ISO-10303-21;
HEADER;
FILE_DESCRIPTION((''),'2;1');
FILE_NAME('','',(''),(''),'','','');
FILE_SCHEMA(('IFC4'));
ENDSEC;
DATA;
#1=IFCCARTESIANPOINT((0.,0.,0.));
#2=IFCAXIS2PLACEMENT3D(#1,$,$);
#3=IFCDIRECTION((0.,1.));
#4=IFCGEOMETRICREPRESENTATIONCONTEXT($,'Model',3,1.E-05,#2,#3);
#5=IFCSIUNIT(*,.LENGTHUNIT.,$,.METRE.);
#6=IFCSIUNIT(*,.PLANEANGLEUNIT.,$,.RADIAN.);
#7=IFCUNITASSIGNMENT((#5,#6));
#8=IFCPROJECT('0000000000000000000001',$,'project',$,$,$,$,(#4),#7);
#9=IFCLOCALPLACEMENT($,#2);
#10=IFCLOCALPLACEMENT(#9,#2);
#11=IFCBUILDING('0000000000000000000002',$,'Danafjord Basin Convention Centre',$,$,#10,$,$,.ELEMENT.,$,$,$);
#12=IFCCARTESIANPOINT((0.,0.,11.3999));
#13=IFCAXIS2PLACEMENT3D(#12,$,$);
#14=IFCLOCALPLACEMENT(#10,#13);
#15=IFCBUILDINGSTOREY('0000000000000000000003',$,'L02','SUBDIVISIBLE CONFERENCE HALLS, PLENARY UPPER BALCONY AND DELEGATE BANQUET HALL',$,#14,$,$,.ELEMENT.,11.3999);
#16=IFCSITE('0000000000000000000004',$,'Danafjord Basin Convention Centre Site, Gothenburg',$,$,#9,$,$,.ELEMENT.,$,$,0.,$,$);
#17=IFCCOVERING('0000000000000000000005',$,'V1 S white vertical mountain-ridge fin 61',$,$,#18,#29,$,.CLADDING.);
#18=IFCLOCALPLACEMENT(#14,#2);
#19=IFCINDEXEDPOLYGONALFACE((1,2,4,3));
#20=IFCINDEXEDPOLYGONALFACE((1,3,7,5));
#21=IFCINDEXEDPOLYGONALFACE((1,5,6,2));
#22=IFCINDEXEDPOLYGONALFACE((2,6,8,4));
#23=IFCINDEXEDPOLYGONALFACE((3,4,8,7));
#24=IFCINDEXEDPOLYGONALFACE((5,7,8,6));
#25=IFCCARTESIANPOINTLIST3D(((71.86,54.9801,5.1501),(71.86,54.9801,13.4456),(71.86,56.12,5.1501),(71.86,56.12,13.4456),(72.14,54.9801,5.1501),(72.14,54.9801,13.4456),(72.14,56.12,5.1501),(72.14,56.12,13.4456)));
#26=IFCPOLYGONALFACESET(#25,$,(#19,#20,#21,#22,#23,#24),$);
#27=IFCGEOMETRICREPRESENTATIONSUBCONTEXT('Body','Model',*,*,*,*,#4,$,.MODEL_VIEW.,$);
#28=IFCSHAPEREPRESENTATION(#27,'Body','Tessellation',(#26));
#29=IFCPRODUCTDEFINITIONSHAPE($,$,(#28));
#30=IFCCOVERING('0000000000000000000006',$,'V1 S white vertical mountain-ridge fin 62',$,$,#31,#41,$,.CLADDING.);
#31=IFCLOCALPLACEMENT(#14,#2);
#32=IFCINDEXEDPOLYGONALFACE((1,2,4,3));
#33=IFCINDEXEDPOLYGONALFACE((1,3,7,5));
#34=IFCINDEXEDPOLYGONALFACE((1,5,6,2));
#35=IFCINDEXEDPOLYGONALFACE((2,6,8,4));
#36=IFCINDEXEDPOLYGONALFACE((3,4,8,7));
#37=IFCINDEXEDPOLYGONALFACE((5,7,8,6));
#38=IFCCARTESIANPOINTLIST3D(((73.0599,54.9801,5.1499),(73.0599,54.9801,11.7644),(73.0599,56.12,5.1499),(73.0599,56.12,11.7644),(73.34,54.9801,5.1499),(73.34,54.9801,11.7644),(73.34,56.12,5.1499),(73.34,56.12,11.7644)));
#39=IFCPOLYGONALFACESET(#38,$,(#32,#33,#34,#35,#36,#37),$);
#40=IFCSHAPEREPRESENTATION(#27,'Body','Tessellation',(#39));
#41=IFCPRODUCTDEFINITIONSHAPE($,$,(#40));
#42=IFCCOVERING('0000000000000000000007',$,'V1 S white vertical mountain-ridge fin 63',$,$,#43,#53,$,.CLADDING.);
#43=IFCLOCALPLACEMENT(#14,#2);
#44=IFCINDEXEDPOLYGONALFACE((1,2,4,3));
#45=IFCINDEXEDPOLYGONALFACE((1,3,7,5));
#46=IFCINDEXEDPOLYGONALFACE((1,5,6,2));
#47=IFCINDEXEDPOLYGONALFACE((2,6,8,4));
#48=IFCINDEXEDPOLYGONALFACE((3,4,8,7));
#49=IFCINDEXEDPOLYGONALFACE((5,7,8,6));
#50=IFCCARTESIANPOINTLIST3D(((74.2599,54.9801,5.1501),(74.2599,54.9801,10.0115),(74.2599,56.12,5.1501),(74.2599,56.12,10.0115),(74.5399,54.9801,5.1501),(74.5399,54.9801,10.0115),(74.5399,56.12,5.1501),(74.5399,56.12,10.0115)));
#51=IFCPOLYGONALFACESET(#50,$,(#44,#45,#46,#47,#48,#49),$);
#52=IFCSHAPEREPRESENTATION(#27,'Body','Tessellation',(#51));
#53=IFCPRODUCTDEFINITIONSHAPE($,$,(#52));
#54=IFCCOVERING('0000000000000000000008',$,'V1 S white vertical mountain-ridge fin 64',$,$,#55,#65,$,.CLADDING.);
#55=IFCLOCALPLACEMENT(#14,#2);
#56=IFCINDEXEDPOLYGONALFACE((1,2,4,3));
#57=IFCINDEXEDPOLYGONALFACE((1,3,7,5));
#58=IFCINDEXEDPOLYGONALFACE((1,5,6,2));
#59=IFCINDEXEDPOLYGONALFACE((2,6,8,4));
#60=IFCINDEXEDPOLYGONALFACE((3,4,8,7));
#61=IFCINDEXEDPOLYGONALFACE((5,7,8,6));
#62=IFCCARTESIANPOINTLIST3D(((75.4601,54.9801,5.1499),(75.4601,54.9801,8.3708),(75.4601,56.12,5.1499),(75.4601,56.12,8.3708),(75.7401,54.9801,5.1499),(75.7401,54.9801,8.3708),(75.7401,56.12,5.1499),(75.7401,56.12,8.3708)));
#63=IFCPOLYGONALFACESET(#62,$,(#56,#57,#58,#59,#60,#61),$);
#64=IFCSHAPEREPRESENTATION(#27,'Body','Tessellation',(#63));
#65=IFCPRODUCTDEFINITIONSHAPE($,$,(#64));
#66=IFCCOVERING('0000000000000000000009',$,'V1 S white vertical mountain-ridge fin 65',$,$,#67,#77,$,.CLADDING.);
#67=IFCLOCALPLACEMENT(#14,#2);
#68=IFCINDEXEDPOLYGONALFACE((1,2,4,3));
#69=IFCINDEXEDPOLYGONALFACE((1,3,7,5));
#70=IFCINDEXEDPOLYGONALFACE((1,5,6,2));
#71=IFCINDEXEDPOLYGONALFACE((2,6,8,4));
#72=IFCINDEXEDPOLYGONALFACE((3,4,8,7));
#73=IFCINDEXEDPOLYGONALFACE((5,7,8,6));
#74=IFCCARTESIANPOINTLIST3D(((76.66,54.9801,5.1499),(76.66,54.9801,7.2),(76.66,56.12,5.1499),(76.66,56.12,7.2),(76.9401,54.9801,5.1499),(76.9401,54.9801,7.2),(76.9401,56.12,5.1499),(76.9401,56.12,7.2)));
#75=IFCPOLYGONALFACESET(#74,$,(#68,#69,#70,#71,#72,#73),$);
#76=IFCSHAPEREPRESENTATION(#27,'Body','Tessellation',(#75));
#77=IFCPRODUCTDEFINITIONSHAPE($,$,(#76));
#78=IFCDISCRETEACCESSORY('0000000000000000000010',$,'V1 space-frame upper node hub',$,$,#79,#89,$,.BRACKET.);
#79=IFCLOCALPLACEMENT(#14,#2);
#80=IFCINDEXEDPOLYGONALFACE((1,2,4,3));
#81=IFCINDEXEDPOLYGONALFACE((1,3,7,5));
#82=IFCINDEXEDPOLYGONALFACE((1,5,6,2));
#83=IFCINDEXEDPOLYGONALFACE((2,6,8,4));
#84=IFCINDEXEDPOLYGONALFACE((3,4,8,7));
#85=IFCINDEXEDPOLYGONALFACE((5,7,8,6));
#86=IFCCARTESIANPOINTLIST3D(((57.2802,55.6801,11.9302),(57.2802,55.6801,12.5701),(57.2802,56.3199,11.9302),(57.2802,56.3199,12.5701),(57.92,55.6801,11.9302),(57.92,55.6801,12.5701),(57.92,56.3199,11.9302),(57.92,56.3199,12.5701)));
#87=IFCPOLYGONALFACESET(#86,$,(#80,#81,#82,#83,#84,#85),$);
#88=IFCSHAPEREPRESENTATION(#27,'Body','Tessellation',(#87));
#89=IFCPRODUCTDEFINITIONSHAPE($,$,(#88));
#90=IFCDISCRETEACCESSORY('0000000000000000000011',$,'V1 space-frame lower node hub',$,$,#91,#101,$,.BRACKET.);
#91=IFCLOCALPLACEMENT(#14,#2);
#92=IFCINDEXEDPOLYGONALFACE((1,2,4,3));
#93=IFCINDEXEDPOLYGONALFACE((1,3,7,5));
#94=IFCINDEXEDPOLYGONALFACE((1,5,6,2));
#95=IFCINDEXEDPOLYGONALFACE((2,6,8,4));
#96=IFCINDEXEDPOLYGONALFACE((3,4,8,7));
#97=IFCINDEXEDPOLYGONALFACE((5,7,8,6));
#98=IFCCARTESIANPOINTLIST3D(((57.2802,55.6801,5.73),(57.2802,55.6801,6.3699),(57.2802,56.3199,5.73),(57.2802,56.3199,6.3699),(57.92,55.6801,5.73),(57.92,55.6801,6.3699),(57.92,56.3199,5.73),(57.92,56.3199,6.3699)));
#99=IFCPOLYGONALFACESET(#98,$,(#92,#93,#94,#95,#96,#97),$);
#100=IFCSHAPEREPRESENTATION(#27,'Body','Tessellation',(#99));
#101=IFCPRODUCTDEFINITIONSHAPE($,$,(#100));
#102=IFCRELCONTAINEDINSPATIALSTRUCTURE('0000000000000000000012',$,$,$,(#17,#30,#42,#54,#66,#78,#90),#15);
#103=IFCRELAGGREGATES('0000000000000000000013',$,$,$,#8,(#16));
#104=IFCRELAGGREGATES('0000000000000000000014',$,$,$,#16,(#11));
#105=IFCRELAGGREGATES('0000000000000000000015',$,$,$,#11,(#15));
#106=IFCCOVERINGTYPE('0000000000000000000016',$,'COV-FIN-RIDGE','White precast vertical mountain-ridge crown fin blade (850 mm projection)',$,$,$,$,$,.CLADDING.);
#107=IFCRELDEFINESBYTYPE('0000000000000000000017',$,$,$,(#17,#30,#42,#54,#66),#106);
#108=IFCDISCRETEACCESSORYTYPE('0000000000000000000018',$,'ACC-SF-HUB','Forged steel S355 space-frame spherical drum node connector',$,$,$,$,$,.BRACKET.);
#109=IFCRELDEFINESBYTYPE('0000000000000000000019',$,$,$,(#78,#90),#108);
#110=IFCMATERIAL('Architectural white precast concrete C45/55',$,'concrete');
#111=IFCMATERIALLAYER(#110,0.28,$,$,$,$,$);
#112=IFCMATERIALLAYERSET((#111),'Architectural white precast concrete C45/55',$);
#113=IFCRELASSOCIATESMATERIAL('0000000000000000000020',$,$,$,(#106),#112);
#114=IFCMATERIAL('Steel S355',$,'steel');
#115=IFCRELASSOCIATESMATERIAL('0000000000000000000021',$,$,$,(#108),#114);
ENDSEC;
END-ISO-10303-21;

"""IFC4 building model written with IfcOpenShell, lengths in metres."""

from ifc_helpers import new_model, si_unit, direction, frame, origin, origin_2d, place, context, subcontext, project, spatial, rectangle, extrude, material, layer, layer_set, type_object, element, save


model = new_model("IFC4")

# Units and contexts
model_context = context("Model", 3, precision=1e-05, world=origin(), true_north=direction((0.0, 1.0)))
body_context = subcontext(model_context, "Body", "Model", "MODEL_VIEW")
ifc_project = project(units=[si_unit("LENGTHUNIT", "METRE"), si_unit("PLANEANGLEUNIT", "RADIAN")], contexts=[model_context])

# Site, building, storey
site_placement = place(None, origin())
site = spatial("IfcSite", under=ifc_project, at=site_placement, Name="Danafjord Basin Convention Centre Site, Gothenburg", CompositionType="ELEMENT", RefElevation=0.0)
building_placement = place(site_placement, origin())
building = spatial("IfcBuilding", under=site, at=building_placement, Name="Danafjord Basin Convention Centre", CompositionType="ELEMENT")
storey_placement = place(building_placement, frame((0.0, 0.0, 11.3999)))
storey = spatial("IfcBuildingStorey", under=building, at=storey_placement, Name="L02", Description="SUBDIVISIBLE CONFERENCE HALLS, PLENARY UPPER BALCONY AND DELEGATE BANQUET HALL", CompositionType="ELEMENT", Elevation=11.3999)

# Shared definitions
ifc_material_1 = material(Name="Steel S355", Category="steel")

# Coverings
ifc_material_2 = material(Name="Architectural white precast concrete C45/55", Category="concrete")
ifc_layer = layer(ifc_material_2, 0.28)
ifc_layer_set = layer_set([ifc_layer], Name="Architectural white precast concrete C45/55")
covering_type = type_object("IfcCoveringType", Name="COV-FIN-RIDGE", Description="White precast vertical mountain-ridge crown fin blade (850 mm projection)", PredefinedType="CLADDING", material=ifc_layer_set)
covering_1_placement = place(storey_placement, frame((72.0, 55.55, 5.1501), z_axis=(0.0, 0.0, 1.0), x_axis=(0.0, 1.0, 0.0)))
element("IfcCovering", 1, at=covering_1_placement, inside=storey, type_object=covering_type, Name="V1 S white vertical mountain-ridge fin 61", PredefinedType="CLADDING", context=body_context, shape_type="SweptSolid", body=[
    extrude(rectangle(XDim=1.1399, YDim=0.28, at=origin_2d()), origin(), (0.0, 0.0, 1.0), 8.2954),
])
covering_2_placement = place(storey_placement, frame((73.2, 55.55, 5.1499), z_axis=(0.0, 0.0, 1.0), x_axis=(0.0, 1.0, 0.0)))
element("IfcCovering", 2, at=covering_2_placement, inside=storey, type_object=covering_type, Name="V1 S white vertical mountain-ridge fin 62", PredefinedType="CLADDING", context=body_context, shape_type="SweptSolid", body=[
    extrude(rectangle(XDim=1.1399, YDim=0.28, at=origin_2d()), origin(), (0.0, 0.0, 1.0), 6.6145),
])
covering_3_placement = place(storey_placement, frame((74.3999, 55.55, 5.1501), z_axis=(0.0, 0.0, 1.0), x_axis=(0.0, 1.0, 0.0)))
element("IfcCovering", 3, at=covering_3_placement, inside=storey, type_object=covering_type, Name="V1 S white vertical mountain-ridge fin 63", PredefinedType="CLADDING", context=body_context, shape_type="SweptSolid", body=[
    extrude(rectangle(XDim=1.1399, YDim=0.28, at=origin_2d()), origin(), (0.0, 0.0, 1.0), 4.8613),
])
covering_4_placement = place(storey_placement, frame((75.6001, 55.55, 5.1499), z_axis=(0.0, 0.0, 1.0), x_axis=(0.0, 1.0, 0.0)))
element("IfcCovering", 4, at=covering_4_placement, inside=storey, type_object=covering_type, Name="V1 S white vertical mountain-ridge fin 64", PredefinedType="CLADDING", context=body_context, shape_type="SweptSolid", body=[
    extrude(rectangle(XDim=1.1399, YDim=0.28, at=origin_2d()), origin(), (0.0, 0.0, 1.0), 3.2209),
])
covering_5_placement = place(storey_placement, frame((76.8, 55.55, 5.1499), z_axis=(0.0, 0.0, 1.0), x_axis=(0.0, 1.0, 0.0)))
element("IfcCovering", 5, at=covering_5_placement, inside=storey, type_object=covering_type, Name="V1 S white vertical mountain-ridge fin 65", PredefinedType="CLADDING", context=body_context, shape_type="SweptSolid", body=[
    extrude(rectangle(XDim=1.1399, YDim=0.28, at=origin_2d()), origin(), (0.0, 0.0, 1.0), 2.05),
])

# Discrete accessories
discrete_accessory_type = type_object("IfcDiscreteAccessoryType", Name="ACC-SF-HUB", Description="Forged steel S355 space-frame spherical drum node connector", PredefinedType="BRACKET", material=ifc_material_1)
for number, where, z_axis, x_axis, name in (
    (6, (57.6001, 56.0, 11.9302), (0.0, 0.0, 1.0), (1.0, 0.0, 0.0), "V1 space-frame upper node hub"),
    (7, (57.6001, 56.0, 5.73), (0.0, 0.0, 1.0), (1.0, 0.0, 0.0), "V1 space-frame lower node hub"),
):
    element("IfcDiscreteAccessory", number, at=place(storey_placement, frame(where, z_axis=z_axis, x_axis=x_axis)), inside=storey, type_object=discrete_accessory_type, Name=name, PredefinedType="BRACKET", context=body_context, shape_type="SweptSolid", body=[
        extrude(rectangle(XDim=0.6399, YDim=0.6399, at=origin_2d()), origin(), (0.0, 0.0, 1.0), 0.6399),
    ])

save(model, "model.ifc")
